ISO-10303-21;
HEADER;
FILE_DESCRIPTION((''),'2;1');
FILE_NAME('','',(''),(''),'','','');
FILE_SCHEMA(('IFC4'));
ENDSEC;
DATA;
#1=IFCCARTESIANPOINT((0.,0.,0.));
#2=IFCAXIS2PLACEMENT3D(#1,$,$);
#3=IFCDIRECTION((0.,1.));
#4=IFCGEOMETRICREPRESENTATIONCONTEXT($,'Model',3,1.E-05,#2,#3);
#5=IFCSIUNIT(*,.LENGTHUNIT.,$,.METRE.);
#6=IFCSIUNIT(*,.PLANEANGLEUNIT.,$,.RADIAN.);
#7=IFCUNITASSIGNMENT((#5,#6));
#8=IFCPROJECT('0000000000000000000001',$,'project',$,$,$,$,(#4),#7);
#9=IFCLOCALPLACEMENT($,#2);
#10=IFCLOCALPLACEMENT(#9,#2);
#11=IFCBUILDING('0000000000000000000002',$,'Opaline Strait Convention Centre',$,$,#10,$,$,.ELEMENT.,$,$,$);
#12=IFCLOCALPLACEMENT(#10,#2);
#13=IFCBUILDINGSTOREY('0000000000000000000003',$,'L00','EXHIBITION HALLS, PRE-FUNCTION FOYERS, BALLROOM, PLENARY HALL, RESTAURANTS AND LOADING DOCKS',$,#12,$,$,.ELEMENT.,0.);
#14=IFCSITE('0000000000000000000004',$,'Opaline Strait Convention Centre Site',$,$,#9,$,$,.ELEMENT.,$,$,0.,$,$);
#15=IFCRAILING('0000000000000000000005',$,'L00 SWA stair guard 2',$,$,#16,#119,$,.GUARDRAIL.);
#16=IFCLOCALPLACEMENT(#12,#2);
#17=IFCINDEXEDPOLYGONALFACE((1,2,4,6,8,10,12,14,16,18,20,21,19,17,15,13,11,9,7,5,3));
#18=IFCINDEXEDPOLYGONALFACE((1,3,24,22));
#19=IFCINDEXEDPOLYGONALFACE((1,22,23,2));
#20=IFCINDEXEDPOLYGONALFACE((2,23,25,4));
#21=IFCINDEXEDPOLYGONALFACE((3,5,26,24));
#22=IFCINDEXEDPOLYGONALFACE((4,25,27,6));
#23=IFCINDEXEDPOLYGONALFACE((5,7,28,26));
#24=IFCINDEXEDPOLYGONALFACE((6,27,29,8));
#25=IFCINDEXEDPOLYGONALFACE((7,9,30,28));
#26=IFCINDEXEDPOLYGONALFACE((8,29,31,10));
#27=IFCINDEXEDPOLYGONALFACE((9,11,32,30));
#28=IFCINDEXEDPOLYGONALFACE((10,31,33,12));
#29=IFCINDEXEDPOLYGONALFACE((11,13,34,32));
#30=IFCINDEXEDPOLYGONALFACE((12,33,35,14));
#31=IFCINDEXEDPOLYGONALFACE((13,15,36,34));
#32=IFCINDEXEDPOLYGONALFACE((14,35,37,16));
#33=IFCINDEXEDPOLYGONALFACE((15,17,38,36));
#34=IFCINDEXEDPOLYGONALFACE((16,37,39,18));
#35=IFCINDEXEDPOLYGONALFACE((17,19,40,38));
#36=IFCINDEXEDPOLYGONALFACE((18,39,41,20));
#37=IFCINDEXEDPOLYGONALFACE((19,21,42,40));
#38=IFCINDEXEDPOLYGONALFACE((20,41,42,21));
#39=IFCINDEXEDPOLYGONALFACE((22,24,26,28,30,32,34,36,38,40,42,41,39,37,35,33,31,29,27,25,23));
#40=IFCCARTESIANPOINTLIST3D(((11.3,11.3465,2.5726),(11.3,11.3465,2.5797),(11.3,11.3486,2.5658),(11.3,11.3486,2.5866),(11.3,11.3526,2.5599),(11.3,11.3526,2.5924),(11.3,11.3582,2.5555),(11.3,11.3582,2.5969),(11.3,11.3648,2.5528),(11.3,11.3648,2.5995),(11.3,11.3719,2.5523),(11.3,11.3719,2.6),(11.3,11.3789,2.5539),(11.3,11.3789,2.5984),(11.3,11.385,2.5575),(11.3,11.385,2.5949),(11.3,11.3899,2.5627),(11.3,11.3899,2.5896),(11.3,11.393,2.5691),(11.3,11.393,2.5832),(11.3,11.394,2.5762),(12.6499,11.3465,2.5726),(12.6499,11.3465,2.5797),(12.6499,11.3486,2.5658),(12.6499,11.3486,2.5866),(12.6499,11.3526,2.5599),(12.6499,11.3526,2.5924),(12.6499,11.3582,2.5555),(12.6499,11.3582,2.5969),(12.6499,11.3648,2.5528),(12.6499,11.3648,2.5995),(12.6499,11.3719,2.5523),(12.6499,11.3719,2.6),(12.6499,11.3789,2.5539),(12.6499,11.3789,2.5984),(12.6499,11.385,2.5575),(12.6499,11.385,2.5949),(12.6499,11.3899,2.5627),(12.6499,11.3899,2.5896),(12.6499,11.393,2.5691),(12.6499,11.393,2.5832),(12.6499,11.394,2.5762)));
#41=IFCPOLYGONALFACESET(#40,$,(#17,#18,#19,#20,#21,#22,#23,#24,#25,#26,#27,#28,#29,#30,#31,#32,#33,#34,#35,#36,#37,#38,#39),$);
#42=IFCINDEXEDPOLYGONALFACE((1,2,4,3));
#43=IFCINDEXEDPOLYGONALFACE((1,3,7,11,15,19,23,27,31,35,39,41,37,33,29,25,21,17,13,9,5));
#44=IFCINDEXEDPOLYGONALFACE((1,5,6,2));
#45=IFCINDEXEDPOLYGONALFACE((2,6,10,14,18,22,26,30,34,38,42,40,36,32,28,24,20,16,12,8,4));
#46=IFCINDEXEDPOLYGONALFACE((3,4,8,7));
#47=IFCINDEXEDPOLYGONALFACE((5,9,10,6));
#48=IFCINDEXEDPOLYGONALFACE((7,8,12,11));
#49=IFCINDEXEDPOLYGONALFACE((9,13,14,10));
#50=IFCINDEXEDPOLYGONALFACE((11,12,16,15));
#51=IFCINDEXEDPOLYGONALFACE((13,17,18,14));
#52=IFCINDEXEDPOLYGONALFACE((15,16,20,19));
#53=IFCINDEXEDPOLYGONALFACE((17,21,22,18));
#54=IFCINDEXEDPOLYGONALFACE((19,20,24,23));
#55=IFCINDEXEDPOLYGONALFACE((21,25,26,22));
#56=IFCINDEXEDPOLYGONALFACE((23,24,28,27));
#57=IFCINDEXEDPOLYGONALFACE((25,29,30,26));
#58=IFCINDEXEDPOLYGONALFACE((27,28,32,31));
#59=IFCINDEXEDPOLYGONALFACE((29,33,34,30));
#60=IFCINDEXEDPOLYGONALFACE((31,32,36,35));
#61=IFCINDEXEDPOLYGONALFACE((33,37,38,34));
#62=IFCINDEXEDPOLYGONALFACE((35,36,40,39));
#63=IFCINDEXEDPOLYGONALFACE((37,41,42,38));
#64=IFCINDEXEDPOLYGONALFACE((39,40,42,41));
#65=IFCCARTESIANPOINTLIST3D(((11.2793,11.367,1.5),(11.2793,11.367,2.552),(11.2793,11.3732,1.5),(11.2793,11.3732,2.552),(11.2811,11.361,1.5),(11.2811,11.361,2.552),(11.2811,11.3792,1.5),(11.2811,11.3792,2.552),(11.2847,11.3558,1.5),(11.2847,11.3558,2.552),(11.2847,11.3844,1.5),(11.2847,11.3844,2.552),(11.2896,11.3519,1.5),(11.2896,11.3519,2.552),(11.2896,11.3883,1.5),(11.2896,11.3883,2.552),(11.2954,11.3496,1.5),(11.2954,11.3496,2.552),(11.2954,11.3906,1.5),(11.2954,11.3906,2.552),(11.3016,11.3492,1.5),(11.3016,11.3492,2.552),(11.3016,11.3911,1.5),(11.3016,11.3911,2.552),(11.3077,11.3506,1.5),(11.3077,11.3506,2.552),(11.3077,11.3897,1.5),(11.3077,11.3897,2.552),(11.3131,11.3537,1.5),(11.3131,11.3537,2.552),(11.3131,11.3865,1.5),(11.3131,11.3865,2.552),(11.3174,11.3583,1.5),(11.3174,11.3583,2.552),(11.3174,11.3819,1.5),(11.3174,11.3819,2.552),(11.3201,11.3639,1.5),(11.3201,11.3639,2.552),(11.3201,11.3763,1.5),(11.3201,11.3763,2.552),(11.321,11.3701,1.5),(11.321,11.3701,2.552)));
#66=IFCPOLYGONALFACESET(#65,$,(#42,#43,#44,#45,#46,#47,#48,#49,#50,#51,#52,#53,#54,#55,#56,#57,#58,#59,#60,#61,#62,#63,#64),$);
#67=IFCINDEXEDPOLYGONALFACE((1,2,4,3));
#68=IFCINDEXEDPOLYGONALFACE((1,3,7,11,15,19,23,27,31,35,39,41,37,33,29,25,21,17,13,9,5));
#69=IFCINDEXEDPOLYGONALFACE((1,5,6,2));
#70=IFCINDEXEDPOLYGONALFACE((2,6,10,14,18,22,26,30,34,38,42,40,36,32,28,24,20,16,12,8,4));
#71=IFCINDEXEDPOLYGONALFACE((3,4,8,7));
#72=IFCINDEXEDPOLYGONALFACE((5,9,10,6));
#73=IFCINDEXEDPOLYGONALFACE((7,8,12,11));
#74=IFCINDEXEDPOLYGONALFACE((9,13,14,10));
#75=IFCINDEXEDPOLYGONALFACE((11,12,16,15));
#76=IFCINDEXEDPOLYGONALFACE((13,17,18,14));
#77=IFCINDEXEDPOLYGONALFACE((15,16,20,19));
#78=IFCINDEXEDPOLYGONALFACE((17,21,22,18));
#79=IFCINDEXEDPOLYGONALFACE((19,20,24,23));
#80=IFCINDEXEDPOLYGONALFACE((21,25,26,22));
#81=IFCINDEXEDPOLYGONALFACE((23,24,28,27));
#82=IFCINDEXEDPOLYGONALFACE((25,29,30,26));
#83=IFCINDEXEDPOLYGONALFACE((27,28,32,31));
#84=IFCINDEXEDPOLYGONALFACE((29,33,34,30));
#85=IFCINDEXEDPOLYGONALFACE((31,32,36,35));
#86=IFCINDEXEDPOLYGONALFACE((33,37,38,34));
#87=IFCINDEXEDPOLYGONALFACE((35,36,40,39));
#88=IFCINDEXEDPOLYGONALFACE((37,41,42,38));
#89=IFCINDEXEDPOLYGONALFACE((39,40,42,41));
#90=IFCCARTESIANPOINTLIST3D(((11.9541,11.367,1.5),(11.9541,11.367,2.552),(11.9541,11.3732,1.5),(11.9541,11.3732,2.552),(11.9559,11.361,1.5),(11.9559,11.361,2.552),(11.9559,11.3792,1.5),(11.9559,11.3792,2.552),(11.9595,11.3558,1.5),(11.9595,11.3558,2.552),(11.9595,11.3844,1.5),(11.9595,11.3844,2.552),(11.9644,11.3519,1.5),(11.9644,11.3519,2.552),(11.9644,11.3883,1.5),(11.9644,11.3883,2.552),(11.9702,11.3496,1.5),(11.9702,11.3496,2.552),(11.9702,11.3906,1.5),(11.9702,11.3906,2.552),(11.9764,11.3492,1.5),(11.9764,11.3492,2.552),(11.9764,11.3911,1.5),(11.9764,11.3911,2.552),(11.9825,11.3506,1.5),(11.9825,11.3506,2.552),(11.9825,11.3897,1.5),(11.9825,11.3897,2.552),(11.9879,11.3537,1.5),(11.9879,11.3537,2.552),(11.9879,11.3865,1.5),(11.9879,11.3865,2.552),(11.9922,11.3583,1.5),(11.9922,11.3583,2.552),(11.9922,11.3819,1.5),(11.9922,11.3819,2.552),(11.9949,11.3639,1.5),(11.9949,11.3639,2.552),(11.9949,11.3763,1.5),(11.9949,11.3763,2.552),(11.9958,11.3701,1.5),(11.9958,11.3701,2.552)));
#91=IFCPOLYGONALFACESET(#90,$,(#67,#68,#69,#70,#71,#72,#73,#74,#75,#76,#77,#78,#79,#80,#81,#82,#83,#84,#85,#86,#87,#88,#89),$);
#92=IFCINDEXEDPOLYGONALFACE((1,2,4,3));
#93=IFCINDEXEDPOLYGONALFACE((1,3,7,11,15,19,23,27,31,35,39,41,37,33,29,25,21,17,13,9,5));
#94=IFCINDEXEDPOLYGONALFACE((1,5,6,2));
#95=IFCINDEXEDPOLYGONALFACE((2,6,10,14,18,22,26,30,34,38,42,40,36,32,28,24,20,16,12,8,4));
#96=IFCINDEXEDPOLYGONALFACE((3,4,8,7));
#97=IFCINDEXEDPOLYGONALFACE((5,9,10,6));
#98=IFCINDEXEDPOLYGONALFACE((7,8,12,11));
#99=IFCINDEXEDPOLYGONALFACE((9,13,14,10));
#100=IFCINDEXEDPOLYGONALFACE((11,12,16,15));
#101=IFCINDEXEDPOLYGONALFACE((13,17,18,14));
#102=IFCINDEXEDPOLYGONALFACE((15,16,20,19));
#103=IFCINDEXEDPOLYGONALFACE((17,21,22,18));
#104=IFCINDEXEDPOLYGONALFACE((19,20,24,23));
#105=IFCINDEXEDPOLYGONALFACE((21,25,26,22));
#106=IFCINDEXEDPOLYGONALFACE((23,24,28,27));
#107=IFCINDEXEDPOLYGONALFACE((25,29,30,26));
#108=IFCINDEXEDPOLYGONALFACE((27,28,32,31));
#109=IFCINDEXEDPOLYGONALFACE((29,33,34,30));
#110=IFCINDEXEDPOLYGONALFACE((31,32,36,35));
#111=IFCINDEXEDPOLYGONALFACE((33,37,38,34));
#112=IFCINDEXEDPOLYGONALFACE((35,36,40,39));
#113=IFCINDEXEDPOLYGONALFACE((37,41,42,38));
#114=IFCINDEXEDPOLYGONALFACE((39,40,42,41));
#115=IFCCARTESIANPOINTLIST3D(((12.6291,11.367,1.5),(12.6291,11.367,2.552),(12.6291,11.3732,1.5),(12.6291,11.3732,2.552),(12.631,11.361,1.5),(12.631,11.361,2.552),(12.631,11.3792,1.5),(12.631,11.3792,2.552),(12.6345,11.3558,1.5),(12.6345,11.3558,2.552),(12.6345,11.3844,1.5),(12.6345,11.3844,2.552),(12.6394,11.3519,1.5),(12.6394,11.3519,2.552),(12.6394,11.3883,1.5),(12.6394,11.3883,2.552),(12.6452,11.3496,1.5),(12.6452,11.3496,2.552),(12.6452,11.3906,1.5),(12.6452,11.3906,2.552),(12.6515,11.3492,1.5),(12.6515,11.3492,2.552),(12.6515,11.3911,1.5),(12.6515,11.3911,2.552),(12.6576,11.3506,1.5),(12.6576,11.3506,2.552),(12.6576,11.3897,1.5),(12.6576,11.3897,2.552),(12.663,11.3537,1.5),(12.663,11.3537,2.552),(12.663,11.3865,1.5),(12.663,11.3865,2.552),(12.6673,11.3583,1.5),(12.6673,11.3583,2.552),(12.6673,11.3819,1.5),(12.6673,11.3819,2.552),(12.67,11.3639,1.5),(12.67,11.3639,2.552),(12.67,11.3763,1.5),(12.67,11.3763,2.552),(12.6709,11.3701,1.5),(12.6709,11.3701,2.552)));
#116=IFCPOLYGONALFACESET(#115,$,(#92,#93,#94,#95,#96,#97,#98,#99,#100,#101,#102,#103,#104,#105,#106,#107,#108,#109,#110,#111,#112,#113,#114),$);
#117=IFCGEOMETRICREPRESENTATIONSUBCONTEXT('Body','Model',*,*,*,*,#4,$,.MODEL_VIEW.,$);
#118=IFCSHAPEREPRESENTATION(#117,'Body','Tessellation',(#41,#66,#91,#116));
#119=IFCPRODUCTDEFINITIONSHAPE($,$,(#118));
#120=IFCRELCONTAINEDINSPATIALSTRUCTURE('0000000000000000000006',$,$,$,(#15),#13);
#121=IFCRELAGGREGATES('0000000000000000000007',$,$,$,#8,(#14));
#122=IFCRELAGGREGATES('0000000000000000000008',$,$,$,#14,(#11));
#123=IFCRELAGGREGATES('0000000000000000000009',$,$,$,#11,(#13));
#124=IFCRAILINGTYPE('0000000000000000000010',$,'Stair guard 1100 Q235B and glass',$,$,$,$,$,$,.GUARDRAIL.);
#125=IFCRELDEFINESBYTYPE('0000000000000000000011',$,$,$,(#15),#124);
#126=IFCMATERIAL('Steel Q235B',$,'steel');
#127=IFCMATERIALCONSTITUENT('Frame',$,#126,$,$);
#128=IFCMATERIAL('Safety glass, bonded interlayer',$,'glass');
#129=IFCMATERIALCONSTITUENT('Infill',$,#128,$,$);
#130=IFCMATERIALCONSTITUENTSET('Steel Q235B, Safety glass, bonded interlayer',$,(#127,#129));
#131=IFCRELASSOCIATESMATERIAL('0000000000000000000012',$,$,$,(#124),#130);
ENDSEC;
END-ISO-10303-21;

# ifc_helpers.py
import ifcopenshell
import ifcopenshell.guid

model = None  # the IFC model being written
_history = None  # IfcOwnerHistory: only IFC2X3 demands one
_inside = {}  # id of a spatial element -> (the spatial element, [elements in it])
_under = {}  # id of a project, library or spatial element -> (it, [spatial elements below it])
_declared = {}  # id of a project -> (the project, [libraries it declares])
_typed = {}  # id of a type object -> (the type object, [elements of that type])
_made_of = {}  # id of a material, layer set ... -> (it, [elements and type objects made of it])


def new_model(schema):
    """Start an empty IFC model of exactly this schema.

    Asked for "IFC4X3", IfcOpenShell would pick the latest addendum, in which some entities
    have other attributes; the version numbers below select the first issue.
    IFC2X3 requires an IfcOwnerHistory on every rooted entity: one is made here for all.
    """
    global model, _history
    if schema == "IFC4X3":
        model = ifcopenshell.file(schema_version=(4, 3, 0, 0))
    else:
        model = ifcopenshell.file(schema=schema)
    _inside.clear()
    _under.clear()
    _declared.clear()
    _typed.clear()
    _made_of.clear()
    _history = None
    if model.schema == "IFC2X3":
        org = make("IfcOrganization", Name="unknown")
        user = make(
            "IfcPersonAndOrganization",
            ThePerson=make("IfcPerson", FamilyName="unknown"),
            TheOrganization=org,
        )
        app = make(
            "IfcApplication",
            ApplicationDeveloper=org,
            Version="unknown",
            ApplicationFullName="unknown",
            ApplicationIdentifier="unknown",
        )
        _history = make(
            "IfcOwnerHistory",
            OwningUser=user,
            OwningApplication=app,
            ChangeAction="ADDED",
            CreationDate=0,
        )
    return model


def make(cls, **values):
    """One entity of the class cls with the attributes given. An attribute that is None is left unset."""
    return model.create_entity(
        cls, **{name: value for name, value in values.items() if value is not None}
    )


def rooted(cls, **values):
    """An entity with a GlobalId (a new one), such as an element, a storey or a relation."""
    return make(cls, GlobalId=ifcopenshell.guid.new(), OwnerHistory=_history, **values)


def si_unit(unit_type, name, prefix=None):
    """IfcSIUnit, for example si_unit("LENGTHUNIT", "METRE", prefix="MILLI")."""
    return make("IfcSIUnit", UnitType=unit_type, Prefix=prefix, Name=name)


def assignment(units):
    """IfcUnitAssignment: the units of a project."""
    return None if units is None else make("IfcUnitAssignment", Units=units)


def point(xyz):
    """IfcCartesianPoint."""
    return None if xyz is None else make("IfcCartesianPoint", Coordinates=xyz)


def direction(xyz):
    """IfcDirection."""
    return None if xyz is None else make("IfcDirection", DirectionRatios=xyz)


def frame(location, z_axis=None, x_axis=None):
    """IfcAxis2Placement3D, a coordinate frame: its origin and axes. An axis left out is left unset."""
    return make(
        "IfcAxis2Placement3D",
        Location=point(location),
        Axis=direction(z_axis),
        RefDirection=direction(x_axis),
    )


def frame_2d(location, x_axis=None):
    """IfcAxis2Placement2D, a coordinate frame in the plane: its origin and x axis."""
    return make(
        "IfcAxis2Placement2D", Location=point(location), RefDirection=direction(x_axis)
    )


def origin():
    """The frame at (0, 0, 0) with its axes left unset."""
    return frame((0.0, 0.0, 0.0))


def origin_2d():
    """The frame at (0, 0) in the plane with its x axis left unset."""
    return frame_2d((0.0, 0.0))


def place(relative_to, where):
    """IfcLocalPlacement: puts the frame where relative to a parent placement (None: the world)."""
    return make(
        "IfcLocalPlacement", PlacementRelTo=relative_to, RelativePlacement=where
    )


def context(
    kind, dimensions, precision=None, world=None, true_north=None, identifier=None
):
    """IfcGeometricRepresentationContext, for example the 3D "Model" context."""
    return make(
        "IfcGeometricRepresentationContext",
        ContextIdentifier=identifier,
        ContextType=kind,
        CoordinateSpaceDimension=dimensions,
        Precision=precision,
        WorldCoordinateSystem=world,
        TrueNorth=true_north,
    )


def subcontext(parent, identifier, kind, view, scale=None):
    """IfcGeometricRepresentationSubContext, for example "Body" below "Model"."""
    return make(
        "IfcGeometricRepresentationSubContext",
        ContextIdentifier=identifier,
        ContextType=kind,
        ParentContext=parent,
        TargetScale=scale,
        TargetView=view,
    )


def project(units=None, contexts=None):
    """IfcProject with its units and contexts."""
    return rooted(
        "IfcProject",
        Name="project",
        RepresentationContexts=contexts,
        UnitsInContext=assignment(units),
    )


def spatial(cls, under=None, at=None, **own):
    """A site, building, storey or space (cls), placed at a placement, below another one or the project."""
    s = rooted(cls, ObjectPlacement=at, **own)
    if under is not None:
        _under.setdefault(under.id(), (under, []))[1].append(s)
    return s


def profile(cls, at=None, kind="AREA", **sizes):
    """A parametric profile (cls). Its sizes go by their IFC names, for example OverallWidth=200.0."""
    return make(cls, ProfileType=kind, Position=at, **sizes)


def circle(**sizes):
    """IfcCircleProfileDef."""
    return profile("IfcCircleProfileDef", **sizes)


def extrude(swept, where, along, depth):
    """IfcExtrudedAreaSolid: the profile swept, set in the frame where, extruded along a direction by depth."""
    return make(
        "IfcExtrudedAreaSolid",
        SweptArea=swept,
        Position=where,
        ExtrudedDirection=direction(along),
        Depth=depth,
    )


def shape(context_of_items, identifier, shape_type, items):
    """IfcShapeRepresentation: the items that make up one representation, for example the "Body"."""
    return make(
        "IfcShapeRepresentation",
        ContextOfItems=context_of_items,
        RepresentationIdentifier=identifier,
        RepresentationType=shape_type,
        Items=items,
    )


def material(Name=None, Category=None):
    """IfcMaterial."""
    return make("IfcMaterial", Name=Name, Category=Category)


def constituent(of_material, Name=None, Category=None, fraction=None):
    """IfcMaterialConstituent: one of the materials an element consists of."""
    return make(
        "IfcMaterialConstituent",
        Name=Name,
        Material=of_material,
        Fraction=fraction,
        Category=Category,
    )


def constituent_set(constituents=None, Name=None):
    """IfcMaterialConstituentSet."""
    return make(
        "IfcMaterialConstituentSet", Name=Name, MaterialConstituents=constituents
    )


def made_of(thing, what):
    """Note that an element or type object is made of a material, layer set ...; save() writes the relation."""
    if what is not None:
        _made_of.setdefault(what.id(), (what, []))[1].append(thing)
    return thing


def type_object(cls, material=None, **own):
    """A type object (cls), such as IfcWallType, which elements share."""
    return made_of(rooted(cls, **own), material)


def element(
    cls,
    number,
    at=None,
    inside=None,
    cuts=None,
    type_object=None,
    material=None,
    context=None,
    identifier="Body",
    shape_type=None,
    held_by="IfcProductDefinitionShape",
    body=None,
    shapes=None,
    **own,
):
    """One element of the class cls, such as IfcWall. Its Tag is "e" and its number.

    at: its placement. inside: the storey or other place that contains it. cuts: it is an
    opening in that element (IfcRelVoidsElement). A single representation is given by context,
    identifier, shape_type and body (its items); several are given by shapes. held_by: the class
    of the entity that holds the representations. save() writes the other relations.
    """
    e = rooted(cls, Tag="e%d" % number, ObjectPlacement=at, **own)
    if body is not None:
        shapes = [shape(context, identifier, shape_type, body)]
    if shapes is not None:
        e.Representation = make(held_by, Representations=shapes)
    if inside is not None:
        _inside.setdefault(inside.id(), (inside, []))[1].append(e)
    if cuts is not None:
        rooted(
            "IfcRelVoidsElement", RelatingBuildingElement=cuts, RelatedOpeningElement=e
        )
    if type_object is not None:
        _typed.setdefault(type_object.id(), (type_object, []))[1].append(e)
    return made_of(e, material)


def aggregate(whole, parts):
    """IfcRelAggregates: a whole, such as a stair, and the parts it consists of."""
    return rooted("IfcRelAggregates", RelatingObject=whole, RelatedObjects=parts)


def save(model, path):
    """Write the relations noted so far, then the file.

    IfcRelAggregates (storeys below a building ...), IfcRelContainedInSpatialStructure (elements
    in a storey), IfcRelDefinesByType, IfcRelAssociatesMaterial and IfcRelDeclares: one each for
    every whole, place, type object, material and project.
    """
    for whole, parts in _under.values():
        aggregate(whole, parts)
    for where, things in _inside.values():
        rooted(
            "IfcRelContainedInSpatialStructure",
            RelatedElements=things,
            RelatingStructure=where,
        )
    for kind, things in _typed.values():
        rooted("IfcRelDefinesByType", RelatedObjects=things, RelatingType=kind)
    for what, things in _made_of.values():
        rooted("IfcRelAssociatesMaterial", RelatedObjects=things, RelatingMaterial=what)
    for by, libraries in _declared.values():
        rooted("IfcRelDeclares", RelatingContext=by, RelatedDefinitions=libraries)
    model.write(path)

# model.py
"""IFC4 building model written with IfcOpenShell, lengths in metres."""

from ifc_helpers import new_model, si_unit, direction, frame, origin, origin_2d, place, context, subcontext, project, spatial, circle, extrude, material, constituent, constituent_set, type_object, element, save


model = new_model("IFC4")

# Units and contexts
model_context = context("Model", 3, precision=1e-05, world=origin(), true_north=direction((0.0, 1.0)))
body_context = subcontext(model_context, "Body", "Model", "MODEL_VIEW")
ifc_project = project(units=[si_unit("LENGTHUNIT", "METRE"), si_unit("PLANEANGLEUNIT", "RADIAN")], contexts=[model_context])

# Site, building, storey
site_placement = place(None, origin())
site = spatial("IfcSite", under=ifc_project, at=site_placement, Name="Opaline Strait Convention Centre Site", CompositionType="ELEMENT", RefElevation=0.0)
building_placement = place(site_placement, origin())
building = spatial("IfcBuilding", under=site, at=building_placement, Name="Opaline Strait Convention Centre", CompositionType="ELEMENT")
storey_placement = place(building_placement, origin())
storey = spatial("IfcBuildingStorey", under=building, at=storey_placement, Name="L00", Description="EXHIBITION HALLS, PRE-FUNCTION FOYERS, BALLROOM, PLENARY HALL, RESTAURANTS AND LOADING DOCKS", CompositionType="ELEMENT", Elevation=0.0)

# Railing
ifc_material_1 = material(Name="Steel Q235B", Category="steel")
ifc_constituent_1 = constituent(ifc_material_1, Name="Frame")
ifc_material_2 = material(Name="Safety glass, bonded interlayer", Category="glass")
ifc_constituent_2 = constituent(ifc_material_2, Name="Infill")
ifc_constituent_set = constituent_set(constituents=[ifc_constituent_1, ifc_constituent_2], Name="Steel Q235B, Safety glass, bonded interlayer")
railing_type_1 = type_object("IfcRailingType", Name="Stair guard 1100 Q235B and glass", PredefinedType="GUARDRAIL", material=ifc_constituent_set)
railing_1_placement = place(storey_placement, frame((11.3, 11.3701, 1.5)))
element("IfcRailing", 1, at=railing_1_placement, inside=storey, type_object=railing_type_1, Name="L00 SWA stair guard 2", PredefinedType="GUARDRAIL", context=body_context, shape_type="SweptSolid", body=[
    extrude(circle(Radius=0.0239, at=origin_2d()), frame((0.0, 0.0, 1.0762), z_axis=(1.0, 0.0, 0.0), x_axis=(0.0, 1.0, 0.0)), (0.0, 0.0, 1.0), 1.3499),
    extrude(circle(Radius=0.021, at=origin_2d()), origin(), (0.0, 0.0, 1.0), 1.052),
    extrude(circle(Radius=0.021, at=origin_2d()), frame((0.6748, 0.0, 0.0)), (0.0, 0.0, 1.0), 1.052),
    extrude(circle(Radius=0.021, at=origin_2d()), frame((1.3499, 0.0, 0.0)), (0.0, 0.0, 1.0), 1.052),
])

save(model, "model.ifc")
